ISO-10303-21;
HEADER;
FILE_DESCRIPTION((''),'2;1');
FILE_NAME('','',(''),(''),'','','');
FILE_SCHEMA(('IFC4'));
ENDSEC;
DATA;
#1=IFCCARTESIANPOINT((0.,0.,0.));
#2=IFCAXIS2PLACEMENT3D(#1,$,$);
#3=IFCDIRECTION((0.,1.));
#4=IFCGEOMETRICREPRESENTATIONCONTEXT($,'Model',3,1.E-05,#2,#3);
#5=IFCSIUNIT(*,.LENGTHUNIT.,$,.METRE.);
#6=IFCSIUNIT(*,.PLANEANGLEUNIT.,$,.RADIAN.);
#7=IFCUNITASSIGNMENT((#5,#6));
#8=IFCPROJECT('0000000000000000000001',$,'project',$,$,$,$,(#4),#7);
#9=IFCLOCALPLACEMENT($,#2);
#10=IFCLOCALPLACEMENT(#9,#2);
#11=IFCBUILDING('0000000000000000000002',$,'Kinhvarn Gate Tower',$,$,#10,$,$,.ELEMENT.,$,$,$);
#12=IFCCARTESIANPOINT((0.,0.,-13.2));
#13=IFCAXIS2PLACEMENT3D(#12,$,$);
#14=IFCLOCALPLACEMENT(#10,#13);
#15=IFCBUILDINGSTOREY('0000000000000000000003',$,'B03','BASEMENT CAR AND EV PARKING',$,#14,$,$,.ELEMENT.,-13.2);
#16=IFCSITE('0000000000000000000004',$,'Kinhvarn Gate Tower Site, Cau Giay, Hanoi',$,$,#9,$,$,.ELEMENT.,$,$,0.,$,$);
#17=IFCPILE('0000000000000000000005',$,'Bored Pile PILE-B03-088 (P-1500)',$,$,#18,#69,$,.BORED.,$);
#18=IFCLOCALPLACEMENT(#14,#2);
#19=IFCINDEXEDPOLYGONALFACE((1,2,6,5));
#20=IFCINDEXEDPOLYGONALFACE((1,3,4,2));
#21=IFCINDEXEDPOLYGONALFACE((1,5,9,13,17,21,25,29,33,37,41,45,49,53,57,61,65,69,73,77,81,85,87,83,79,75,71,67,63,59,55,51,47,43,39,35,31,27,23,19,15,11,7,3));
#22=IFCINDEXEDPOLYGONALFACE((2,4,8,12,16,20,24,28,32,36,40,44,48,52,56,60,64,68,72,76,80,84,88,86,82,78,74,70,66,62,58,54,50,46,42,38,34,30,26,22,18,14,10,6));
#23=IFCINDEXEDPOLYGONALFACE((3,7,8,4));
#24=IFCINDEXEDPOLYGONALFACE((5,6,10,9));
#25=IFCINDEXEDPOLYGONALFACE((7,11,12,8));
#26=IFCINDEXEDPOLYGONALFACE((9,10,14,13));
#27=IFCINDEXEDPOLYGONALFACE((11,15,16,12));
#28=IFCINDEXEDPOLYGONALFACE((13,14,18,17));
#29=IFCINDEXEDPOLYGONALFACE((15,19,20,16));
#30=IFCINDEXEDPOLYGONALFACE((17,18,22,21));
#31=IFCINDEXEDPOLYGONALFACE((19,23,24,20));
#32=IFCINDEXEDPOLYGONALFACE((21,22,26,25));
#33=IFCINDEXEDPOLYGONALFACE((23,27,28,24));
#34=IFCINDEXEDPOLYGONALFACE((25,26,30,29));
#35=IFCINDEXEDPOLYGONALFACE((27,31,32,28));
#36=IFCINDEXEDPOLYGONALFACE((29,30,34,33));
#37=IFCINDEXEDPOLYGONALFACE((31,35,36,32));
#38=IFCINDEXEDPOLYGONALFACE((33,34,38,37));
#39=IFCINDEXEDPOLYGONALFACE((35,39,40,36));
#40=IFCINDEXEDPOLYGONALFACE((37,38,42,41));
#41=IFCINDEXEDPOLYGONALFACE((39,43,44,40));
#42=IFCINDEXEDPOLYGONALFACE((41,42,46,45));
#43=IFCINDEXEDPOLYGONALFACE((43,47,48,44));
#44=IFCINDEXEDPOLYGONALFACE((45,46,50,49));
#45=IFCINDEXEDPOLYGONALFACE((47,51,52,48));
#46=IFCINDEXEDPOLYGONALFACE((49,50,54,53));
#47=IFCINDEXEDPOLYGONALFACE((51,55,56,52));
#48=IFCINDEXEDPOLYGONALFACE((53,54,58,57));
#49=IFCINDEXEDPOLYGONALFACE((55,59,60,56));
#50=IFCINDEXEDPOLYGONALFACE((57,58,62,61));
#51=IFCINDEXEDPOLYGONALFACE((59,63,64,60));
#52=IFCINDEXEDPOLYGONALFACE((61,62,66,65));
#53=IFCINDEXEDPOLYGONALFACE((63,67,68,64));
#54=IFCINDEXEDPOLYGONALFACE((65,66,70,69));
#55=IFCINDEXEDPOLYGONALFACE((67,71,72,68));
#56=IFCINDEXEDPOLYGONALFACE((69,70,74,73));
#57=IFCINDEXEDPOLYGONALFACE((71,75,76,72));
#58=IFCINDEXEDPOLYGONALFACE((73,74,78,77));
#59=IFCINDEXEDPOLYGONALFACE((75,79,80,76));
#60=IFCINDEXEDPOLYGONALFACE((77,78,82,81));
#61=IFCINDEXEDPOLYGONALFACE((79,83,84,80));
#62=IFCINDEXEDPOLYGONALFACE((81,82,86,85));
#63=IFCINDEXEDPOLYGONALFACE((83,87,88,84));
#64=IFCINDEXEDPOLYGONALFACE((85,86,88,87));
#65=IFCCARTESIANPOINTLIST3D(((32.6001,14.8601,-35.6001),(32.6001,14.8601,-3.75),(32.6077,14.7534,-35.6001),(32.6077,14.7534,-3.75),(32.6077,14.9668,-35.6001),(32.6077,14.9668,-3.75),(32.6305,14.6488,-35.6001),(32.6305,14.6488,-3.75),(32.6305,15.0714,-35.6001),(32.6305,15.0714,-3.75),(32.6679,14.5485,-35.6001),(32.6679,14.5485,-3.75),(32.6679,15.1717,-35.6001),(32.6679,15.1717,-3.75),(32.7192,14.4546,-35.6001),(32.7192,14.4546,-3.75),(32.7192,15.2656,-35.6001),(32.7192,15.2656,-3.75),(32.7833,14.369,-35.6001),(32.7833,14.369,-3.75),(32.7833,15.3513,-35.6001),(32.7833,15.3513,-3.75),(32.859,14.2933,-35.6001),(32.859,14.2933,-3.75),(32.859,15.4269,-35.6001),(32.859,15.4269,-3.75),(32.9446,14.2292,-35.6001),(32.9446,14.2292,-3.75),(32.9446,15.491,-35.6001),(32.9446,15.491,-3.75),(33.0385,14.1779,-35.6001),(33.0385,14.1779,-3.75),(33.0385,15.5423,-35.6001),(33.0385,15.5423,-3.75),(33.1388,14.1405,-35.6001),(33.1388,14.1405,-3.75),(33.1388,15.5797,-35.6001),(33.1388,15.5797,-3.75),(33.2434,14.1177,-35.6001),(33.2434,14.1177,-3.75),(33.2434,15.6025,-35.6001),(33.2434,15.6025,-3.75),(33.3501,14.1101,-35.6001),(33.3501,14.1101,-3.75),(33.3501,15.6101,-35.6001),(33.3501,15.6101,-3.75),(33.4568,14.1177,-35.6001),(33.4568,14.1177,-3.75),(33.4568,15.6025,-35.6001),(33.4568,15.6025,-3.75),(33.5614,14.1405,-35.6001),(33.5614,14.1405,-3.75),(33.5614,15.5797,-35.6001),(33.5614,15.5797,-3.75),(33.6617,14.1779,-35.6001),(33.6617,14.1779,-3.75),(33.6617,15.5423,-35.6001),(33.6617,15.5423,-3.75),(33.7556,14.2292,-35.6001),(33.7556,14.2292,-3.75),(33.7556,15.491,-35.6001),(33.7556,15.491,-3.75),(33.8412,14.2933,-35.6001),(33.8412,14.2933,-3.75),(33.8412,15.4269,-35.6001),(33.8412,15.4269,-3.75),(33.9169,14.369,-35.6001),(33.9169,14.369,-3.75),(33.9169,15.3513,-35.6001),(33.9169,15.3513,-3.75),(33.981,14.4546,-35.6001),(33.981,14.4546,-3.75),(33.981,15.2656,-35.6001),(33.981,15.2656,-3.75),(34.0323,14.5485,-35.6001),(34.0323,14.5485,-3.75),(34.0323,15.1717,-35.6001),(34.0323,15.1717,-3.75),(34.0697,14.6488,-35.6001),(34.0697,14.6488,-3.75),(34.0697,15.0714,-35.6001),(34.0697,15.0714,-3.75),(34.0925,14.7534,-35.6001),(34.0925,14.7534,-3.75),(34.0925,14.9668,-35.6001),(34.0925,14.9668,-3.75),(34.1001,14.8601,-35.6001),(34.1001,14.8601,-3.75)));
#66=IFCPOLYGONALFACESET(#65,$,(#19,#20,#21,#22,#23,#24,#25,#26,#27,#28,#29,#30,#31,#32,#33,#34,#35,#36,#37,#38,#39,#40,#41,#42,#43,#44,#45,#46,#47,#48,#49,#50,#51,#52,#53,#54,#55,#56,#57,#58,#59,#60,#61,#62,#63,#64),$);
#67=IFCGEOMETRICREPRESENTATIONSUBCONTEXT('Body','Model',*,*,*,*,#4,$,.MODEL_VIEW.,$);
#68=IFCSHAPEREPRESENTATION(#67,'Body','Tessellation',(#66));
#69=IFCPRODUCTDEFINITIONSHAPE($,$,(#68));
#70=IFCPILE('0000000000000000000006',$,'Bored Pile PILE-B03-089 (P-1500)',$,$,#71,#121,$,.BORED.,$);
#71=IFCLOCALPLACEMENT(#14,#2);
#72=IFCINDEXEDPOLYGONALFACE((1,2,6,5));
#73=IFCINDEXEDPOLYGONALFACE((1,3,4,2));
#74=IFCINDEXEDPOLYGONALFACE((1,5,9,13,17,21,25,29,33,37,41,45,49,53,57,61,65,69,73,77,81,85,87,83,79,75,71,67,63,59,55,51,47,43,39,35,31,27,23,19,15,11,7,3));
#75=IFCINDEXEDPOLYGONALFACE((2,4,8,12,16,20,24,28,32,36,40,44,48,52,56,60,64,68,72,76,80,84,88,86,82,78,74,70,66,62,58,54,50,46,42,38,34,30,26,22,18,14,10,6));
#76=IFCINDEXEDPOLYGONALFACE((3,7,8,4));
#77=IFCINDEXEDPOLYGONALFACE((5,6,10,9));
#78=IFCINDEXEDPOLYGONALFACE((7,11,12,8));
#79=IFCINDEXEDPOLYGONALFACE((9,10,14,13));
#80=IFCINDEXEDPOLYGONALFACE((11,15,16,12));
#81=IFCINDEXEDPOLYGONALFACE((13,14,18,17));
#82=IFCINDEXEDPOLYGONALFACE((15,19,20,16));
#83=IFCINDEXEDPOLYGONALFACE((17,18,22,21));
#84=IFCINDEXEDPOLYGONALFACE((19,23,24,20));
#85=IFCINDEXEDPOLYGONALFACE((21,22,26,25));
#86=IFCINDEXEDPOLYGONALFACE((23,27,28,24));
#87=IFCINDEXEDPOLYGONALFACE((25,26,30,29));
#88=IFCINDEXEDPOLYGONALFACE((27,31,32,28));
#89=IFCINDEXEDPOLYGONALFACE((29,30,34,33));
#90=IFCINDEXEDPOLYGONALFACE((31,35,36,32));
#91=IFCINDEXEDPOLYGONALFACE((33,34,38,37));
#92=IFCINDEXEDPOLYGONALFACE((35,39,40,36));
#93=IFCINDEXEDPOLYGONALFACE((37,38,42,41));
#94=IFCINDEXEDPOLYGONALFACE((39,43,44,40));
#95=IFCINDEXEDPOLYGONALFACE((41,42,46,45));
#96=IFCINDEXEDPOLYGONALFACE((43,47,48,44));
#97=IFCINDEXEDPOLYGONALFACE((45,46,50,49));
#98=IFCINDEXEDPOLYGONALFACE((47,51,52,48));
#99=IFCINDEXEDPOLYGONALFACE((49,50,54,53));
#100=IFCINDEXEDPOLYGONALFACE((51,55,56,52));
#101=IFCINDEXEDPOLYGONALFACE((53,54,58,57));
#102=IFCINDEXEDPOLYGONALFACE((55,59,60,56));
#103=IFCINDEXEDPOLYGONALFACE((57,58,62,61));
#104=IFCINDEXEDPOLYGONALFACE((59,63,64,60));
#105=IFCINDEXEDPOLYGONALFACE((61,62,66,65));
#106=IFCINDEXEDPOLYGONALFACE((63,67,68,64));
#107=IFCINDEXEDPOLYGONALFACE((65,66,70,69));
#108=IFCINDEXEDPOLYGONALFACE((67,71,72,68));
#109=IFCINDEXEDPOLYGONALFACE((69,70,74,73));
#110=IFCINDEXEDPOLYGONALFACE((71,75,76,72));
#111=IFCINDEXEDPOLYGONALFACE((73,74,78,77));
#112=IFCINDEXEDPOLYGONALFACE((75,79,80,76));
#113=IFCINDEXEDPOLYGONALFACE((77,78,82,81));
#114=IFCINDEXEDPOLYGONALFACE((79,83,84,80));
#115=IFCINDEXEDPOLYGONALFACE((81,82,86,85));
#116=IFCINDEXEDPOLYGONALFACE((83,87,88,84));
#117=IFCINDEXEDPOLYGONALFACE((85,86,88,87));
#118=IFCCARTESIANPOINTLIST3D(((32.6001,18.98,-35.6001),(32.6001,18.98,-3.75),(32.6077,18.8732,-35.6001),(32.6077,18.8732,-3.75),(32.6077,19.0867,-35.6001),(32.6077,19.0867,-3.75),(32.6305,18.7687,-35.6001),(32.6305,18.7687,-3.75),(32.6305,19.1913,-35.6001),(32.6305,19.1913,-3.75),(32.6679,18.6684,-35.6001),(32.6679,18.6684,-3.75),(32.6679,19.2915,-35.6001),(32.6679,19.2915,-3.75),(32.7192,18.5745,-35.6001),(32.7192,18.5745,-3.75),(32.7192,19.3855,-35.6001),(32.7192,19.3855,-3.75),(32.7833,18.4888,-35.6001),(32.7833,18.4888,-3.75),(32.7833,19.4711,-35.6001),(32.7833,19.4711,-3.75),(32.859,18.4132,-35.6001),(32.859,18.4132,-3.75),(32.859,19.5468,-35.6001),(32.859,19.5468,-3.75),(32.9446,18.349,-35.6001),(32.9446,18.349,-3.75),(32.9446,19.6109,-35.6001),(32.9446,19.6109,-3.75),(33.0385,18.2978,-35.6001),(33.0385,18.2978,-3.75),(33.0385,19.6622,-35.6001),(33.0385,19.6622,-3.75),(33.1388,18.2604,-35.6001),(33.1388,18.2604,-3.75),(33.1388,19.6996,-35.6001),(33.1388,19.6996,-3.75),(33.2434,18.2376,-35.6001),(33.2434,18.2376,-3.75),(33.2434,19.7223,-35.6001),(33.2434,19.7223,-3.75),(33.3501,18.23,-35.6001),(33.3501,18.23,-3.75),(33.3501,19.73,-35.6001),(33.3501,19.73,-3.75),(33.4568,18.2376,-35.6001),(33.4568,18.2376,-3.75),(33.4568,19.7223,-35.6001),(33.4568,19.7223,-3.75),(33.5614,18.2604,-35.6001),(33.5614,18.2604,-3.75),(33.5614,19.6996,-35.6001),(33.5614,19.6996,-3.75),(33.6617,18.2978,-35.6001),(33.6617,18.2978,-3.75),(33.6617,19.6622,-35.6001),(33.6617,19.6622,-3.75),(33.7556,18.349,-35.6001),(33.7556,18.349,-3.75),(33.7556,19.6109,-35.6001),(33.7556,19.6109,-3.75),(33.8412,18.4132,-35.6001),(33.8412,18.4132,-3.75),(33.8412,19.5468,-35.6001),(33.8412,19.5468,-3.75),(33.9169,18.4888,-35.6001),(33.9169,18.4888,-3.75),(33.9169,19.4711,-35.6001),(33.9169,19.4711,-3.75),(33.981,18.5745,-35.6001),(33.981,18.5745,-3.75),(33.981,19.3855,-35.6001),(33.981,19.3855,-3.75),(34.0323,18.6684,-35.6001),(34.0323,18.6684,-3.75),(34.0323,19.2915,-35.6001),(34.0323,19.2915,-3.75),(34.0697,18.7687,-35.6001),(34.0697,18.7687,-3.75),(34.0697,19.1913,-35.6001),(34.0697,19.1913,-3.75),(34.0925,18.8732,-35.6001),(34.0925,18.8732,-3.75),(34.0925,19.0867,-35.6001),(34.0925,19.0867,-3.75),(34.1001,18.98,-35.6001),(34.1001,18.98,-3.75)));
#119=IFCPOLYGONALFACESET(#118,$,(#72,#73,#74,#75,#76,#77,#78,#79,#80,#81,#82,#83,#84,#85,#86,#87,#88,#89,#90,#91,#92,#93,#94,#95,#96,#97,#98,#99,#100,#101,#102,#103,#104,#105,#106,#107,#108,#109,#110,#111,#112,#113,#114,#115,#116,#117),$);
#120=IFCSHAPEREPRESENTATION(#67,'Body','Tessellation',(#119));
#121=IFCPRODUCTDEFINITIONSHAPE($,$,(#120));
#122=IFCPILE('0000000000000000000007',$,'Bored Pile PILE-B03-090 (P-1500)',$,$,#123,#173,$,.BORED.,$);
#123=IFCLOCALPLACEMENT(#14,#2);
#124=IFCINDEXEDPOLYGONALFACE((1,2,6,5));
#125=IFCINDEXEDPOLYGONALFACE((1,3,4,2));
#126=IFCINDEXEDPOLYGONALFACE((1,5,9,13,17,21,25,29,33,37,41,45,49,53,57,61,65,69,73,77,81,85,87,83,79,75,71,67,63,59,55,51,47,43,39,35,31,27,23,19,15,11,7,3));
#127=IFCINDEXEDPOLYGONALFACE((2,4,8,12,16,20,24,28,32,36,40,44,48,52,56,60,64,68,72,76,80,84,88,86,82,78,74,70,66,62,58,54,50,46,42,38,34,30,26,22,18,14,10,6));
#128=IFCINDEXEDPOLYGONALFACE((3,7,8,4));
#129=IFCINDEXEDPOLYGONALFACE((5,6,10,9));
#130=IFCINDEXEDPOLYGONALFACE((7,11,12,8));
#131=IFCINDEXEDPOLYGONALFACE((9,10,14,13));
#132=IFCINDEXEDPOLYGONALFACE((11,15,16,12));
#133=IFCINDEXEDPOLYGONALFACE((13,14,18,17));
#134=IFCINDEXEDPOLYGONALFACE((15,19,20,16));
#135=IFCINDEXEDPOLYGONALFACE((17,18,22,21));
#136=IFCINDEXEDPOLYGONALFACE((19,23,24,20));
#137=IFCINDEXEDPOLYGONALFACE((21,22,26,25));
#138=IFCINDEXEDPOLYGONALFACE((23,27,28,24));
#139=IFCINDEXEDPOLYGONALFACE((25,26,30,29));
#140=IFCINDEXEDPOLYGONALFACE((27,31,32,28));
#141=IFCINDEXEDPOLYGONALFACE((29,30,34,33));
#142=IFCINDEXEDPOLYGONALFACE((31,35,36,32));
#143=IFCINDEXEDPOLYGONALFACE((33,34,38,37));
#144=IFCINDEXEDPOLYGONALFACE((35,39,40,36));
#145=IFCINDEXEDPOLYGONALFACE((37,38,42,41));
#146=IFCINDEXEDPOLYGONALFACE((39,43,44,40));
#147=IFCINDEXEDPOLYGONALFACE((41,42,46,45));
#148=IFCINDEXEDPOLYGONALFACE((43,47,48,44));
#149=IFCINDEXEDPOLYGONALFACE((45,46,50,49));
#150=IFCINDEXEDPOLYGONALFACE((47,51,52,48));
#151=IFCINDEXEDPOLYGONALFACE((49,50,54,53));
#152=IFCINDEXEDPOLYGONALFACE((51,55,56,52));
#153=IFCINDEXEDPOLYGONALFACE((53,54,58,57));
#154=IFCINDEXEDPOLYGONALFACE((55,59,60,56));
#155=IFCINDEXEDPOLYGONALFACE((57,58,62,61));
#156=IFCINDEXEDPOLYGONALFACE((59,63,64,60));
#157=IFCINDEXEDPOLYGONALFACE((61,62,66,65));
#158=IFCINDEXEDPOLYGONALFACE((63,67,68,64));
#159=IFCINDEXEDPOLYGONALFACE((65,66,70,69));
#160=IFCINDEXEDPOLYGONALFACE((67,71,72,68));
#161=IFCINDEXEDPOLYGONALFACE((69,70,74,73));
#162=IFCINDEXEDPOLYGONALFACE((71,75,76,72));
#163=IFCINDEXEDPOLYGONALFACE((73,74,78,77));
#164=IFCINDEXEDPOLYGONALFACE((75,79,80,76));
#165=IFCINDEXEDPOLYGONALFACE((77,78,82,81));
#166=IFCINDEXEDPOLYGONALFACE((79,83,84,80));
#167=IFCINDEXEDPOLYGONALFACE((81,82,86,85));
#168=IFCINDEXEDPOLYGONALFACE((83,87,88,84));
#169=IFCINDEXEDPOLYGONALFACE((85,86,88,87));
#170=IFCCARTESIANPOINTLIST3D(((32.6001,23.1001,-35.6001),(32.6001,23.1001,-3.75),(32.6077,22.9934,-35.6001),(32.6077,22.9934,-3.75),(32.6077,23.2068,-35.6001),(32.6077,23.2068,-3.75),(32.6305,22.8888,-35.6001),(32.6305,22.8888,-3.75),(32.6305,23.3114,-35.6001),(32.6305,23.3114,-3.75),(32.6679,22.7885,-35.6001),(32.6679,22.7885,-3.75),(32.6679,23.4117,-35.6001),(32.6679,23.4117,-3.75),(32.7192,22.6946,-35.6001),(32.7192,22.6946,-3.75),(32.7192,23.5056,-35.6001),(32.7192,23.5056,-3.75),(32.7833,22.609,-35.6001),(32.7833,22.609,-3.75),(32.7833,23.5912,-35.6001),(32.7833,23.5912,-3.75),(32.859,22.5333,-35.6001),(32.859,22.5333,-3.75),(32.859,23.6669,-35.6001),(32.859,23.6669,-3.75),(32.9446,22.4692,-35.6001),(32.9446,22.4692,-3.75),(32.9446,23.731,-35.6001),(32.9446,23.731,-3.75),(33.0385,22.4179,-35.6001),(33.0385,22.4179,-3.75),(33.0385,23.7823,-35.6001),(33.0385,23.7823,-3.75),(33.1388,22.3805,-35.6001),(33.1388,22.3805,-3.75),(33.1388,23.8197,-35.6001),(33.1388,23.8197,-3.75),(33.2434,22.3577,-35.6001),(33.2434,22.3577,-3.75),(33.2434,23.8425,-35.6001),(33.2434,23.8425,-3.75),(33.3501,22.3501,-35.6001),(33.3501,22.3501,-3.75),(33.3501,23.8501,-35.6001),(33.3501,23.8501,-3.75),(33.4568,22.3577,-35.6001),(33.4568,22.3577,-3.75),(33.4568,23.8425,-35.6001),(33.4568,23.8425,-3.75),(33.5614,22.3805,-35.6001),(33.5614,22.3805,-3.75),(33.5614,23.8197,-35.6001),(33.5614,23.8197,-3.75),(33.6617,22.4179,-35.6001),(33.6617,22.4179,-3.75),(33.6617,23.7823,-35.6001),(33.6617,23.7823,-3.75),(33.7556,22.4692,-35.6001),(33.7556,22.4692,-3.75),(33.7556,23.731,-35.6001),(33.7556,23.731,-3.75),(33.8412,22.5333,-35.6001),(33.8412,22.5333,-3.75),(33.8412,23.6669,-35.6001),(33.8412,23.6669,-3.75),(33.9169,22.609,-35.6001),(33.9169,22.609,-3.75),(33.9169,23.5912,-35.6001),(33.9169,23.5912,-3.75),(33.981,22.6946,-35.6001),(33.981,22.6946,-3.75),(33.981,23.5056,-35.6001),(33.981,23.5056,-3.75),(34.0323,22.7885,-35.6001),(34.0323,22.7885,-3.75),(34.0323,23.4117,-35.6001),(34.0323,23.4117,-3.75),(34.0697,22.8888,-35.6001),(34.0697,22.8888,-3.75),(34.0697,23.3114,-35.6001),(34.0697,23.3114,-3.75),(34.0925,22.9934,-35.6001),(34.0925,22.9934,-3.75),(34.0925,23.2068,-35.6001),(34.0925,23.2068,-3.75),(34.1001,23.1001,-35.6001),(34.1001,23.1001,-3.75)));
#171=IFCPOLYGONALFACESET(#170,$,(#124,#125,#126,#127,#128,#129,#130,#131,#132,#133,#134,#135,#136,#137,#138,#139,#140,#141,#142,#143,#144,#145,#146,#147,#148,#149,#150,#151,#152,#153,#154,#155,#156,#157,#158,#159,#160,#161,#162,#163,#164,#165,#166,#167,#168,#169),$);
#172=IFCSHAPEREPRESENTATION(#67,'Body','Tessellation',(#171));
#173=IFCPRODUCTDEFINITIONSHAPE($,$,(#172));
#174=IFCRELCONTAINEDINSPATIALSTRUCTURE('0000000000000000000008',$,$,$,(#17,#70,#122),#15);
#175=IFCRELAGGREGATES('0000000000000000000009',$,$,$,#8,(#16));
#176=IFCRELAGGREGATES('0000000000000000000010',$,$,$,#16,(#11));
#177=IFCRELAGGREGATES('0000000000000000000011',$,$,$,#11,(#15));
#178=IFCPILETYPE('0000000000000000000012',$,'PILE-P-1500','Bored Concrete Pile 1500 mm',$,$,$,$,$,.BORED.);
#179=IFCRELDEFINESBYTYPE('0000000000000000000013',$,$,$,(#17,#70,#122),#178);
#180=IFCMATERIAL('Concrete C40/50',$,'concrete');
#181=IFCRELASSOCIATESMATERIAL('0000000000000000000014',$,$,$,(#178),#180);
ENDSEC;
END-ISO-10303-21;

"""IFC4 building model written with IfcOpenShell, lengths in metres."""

from ifc_helpers import new_model, si_unit, direction, frame, origin, origin_2d, place, context, subcontext, project, spatial, circle, extrude, material, material_profile, profile_set, type_object, element, save


model = new_model("IFC4")

# Units and contexts
model_context = context("Model", 3, precision=1e-05, world=origin(), true_north=direction((0.0, 1.0)))
body_context = subcontext(model_context, "Body", "Model", "MODEL_VIEW")
ifc_project = project(units=[si_unit("LENGTHUNIT", "METRE"), si_unit("PLANEANGLEUNIT", "RADIAN")], contexts=[model_context])

# Site, building, storey
site_placement = place(None, origin())
site = spatial("IfcSite", under=ifc_project, at=site_placement, Name="Kinhvarn Gate Tower Site, Cau Giay, Hanoi", CompositionType="ELEMENT", RefElevation=0.0)
building_placement = place(site_placement, origin())
building = spatial("IfcBuilding", under=site, at=building_placement, Name="Kinhvarn Gate Tower", CompositionType="ELEMENT")
storey_placement = place(building_placement, frame((0.0, 0.0, -13.2)))
storey = spatial("IfcBuildingStorey", under=building, at=storey_placement, Name="B03", Description="BASEMENT CAR AND EV PARKING", CompositionType="ELEMENT", Elevation=-13.2)

# Piles
ifc_material_1 = material(Name="Concrete C40/50", Category="concrete")
ifc_material_profile_1 = material_profile(ifc_material_1, circle(Radius=0.75, at=origin_2d()), Name="PILE D1500")
ifc_profile_set_1 = profile_set([ifc_material_profile_1], Name="Concrete C40/50")
pile_type_1 = type_object("IfcPileType", Name="PILE-P-1500", Description="Bored Concrete Pile 1500 mm", PredefinedType="BORED", material=ifc_profile_set_1)
for number, where, z_axis, x_axis, name in (
    (1, (33.3501, 14.8601, -35.6001), (0.0, 0.0, 1.0), (1.0, 0.0, 0.0), "Bored Pile PILE-B03-088 (P-1500)"),
    (2, (33.3501, 18.98, -35.6001), (0.0, 0.0, 1.0), (1.0, 0.0, 0.0), "Bored Pile PILE-B03-089 (P-1500)"),
    (3, (33.3501, 23.1001, -35.6001), (0.0, 0.0, 1.0), (1.0, 0.0, 0.0), "Bored Pile PILE-B03-090 (P-1500)"),
):
    element("IfcPile", number, at=place(storey_placement, frame(where, z_axis=z_axis, x_axis=x_axis)), inside=storey, type_object=pile_type_1, Name=name, PredefinedType="BORED", context=body_context, shape_type="SweptSolid", body=[
        extrude(circle(Radius=0.75, at=origin_2d()), origin(), (0.0, 0.0, 1.0), 31.8501),
    ])

save(model, "model.ifc")
